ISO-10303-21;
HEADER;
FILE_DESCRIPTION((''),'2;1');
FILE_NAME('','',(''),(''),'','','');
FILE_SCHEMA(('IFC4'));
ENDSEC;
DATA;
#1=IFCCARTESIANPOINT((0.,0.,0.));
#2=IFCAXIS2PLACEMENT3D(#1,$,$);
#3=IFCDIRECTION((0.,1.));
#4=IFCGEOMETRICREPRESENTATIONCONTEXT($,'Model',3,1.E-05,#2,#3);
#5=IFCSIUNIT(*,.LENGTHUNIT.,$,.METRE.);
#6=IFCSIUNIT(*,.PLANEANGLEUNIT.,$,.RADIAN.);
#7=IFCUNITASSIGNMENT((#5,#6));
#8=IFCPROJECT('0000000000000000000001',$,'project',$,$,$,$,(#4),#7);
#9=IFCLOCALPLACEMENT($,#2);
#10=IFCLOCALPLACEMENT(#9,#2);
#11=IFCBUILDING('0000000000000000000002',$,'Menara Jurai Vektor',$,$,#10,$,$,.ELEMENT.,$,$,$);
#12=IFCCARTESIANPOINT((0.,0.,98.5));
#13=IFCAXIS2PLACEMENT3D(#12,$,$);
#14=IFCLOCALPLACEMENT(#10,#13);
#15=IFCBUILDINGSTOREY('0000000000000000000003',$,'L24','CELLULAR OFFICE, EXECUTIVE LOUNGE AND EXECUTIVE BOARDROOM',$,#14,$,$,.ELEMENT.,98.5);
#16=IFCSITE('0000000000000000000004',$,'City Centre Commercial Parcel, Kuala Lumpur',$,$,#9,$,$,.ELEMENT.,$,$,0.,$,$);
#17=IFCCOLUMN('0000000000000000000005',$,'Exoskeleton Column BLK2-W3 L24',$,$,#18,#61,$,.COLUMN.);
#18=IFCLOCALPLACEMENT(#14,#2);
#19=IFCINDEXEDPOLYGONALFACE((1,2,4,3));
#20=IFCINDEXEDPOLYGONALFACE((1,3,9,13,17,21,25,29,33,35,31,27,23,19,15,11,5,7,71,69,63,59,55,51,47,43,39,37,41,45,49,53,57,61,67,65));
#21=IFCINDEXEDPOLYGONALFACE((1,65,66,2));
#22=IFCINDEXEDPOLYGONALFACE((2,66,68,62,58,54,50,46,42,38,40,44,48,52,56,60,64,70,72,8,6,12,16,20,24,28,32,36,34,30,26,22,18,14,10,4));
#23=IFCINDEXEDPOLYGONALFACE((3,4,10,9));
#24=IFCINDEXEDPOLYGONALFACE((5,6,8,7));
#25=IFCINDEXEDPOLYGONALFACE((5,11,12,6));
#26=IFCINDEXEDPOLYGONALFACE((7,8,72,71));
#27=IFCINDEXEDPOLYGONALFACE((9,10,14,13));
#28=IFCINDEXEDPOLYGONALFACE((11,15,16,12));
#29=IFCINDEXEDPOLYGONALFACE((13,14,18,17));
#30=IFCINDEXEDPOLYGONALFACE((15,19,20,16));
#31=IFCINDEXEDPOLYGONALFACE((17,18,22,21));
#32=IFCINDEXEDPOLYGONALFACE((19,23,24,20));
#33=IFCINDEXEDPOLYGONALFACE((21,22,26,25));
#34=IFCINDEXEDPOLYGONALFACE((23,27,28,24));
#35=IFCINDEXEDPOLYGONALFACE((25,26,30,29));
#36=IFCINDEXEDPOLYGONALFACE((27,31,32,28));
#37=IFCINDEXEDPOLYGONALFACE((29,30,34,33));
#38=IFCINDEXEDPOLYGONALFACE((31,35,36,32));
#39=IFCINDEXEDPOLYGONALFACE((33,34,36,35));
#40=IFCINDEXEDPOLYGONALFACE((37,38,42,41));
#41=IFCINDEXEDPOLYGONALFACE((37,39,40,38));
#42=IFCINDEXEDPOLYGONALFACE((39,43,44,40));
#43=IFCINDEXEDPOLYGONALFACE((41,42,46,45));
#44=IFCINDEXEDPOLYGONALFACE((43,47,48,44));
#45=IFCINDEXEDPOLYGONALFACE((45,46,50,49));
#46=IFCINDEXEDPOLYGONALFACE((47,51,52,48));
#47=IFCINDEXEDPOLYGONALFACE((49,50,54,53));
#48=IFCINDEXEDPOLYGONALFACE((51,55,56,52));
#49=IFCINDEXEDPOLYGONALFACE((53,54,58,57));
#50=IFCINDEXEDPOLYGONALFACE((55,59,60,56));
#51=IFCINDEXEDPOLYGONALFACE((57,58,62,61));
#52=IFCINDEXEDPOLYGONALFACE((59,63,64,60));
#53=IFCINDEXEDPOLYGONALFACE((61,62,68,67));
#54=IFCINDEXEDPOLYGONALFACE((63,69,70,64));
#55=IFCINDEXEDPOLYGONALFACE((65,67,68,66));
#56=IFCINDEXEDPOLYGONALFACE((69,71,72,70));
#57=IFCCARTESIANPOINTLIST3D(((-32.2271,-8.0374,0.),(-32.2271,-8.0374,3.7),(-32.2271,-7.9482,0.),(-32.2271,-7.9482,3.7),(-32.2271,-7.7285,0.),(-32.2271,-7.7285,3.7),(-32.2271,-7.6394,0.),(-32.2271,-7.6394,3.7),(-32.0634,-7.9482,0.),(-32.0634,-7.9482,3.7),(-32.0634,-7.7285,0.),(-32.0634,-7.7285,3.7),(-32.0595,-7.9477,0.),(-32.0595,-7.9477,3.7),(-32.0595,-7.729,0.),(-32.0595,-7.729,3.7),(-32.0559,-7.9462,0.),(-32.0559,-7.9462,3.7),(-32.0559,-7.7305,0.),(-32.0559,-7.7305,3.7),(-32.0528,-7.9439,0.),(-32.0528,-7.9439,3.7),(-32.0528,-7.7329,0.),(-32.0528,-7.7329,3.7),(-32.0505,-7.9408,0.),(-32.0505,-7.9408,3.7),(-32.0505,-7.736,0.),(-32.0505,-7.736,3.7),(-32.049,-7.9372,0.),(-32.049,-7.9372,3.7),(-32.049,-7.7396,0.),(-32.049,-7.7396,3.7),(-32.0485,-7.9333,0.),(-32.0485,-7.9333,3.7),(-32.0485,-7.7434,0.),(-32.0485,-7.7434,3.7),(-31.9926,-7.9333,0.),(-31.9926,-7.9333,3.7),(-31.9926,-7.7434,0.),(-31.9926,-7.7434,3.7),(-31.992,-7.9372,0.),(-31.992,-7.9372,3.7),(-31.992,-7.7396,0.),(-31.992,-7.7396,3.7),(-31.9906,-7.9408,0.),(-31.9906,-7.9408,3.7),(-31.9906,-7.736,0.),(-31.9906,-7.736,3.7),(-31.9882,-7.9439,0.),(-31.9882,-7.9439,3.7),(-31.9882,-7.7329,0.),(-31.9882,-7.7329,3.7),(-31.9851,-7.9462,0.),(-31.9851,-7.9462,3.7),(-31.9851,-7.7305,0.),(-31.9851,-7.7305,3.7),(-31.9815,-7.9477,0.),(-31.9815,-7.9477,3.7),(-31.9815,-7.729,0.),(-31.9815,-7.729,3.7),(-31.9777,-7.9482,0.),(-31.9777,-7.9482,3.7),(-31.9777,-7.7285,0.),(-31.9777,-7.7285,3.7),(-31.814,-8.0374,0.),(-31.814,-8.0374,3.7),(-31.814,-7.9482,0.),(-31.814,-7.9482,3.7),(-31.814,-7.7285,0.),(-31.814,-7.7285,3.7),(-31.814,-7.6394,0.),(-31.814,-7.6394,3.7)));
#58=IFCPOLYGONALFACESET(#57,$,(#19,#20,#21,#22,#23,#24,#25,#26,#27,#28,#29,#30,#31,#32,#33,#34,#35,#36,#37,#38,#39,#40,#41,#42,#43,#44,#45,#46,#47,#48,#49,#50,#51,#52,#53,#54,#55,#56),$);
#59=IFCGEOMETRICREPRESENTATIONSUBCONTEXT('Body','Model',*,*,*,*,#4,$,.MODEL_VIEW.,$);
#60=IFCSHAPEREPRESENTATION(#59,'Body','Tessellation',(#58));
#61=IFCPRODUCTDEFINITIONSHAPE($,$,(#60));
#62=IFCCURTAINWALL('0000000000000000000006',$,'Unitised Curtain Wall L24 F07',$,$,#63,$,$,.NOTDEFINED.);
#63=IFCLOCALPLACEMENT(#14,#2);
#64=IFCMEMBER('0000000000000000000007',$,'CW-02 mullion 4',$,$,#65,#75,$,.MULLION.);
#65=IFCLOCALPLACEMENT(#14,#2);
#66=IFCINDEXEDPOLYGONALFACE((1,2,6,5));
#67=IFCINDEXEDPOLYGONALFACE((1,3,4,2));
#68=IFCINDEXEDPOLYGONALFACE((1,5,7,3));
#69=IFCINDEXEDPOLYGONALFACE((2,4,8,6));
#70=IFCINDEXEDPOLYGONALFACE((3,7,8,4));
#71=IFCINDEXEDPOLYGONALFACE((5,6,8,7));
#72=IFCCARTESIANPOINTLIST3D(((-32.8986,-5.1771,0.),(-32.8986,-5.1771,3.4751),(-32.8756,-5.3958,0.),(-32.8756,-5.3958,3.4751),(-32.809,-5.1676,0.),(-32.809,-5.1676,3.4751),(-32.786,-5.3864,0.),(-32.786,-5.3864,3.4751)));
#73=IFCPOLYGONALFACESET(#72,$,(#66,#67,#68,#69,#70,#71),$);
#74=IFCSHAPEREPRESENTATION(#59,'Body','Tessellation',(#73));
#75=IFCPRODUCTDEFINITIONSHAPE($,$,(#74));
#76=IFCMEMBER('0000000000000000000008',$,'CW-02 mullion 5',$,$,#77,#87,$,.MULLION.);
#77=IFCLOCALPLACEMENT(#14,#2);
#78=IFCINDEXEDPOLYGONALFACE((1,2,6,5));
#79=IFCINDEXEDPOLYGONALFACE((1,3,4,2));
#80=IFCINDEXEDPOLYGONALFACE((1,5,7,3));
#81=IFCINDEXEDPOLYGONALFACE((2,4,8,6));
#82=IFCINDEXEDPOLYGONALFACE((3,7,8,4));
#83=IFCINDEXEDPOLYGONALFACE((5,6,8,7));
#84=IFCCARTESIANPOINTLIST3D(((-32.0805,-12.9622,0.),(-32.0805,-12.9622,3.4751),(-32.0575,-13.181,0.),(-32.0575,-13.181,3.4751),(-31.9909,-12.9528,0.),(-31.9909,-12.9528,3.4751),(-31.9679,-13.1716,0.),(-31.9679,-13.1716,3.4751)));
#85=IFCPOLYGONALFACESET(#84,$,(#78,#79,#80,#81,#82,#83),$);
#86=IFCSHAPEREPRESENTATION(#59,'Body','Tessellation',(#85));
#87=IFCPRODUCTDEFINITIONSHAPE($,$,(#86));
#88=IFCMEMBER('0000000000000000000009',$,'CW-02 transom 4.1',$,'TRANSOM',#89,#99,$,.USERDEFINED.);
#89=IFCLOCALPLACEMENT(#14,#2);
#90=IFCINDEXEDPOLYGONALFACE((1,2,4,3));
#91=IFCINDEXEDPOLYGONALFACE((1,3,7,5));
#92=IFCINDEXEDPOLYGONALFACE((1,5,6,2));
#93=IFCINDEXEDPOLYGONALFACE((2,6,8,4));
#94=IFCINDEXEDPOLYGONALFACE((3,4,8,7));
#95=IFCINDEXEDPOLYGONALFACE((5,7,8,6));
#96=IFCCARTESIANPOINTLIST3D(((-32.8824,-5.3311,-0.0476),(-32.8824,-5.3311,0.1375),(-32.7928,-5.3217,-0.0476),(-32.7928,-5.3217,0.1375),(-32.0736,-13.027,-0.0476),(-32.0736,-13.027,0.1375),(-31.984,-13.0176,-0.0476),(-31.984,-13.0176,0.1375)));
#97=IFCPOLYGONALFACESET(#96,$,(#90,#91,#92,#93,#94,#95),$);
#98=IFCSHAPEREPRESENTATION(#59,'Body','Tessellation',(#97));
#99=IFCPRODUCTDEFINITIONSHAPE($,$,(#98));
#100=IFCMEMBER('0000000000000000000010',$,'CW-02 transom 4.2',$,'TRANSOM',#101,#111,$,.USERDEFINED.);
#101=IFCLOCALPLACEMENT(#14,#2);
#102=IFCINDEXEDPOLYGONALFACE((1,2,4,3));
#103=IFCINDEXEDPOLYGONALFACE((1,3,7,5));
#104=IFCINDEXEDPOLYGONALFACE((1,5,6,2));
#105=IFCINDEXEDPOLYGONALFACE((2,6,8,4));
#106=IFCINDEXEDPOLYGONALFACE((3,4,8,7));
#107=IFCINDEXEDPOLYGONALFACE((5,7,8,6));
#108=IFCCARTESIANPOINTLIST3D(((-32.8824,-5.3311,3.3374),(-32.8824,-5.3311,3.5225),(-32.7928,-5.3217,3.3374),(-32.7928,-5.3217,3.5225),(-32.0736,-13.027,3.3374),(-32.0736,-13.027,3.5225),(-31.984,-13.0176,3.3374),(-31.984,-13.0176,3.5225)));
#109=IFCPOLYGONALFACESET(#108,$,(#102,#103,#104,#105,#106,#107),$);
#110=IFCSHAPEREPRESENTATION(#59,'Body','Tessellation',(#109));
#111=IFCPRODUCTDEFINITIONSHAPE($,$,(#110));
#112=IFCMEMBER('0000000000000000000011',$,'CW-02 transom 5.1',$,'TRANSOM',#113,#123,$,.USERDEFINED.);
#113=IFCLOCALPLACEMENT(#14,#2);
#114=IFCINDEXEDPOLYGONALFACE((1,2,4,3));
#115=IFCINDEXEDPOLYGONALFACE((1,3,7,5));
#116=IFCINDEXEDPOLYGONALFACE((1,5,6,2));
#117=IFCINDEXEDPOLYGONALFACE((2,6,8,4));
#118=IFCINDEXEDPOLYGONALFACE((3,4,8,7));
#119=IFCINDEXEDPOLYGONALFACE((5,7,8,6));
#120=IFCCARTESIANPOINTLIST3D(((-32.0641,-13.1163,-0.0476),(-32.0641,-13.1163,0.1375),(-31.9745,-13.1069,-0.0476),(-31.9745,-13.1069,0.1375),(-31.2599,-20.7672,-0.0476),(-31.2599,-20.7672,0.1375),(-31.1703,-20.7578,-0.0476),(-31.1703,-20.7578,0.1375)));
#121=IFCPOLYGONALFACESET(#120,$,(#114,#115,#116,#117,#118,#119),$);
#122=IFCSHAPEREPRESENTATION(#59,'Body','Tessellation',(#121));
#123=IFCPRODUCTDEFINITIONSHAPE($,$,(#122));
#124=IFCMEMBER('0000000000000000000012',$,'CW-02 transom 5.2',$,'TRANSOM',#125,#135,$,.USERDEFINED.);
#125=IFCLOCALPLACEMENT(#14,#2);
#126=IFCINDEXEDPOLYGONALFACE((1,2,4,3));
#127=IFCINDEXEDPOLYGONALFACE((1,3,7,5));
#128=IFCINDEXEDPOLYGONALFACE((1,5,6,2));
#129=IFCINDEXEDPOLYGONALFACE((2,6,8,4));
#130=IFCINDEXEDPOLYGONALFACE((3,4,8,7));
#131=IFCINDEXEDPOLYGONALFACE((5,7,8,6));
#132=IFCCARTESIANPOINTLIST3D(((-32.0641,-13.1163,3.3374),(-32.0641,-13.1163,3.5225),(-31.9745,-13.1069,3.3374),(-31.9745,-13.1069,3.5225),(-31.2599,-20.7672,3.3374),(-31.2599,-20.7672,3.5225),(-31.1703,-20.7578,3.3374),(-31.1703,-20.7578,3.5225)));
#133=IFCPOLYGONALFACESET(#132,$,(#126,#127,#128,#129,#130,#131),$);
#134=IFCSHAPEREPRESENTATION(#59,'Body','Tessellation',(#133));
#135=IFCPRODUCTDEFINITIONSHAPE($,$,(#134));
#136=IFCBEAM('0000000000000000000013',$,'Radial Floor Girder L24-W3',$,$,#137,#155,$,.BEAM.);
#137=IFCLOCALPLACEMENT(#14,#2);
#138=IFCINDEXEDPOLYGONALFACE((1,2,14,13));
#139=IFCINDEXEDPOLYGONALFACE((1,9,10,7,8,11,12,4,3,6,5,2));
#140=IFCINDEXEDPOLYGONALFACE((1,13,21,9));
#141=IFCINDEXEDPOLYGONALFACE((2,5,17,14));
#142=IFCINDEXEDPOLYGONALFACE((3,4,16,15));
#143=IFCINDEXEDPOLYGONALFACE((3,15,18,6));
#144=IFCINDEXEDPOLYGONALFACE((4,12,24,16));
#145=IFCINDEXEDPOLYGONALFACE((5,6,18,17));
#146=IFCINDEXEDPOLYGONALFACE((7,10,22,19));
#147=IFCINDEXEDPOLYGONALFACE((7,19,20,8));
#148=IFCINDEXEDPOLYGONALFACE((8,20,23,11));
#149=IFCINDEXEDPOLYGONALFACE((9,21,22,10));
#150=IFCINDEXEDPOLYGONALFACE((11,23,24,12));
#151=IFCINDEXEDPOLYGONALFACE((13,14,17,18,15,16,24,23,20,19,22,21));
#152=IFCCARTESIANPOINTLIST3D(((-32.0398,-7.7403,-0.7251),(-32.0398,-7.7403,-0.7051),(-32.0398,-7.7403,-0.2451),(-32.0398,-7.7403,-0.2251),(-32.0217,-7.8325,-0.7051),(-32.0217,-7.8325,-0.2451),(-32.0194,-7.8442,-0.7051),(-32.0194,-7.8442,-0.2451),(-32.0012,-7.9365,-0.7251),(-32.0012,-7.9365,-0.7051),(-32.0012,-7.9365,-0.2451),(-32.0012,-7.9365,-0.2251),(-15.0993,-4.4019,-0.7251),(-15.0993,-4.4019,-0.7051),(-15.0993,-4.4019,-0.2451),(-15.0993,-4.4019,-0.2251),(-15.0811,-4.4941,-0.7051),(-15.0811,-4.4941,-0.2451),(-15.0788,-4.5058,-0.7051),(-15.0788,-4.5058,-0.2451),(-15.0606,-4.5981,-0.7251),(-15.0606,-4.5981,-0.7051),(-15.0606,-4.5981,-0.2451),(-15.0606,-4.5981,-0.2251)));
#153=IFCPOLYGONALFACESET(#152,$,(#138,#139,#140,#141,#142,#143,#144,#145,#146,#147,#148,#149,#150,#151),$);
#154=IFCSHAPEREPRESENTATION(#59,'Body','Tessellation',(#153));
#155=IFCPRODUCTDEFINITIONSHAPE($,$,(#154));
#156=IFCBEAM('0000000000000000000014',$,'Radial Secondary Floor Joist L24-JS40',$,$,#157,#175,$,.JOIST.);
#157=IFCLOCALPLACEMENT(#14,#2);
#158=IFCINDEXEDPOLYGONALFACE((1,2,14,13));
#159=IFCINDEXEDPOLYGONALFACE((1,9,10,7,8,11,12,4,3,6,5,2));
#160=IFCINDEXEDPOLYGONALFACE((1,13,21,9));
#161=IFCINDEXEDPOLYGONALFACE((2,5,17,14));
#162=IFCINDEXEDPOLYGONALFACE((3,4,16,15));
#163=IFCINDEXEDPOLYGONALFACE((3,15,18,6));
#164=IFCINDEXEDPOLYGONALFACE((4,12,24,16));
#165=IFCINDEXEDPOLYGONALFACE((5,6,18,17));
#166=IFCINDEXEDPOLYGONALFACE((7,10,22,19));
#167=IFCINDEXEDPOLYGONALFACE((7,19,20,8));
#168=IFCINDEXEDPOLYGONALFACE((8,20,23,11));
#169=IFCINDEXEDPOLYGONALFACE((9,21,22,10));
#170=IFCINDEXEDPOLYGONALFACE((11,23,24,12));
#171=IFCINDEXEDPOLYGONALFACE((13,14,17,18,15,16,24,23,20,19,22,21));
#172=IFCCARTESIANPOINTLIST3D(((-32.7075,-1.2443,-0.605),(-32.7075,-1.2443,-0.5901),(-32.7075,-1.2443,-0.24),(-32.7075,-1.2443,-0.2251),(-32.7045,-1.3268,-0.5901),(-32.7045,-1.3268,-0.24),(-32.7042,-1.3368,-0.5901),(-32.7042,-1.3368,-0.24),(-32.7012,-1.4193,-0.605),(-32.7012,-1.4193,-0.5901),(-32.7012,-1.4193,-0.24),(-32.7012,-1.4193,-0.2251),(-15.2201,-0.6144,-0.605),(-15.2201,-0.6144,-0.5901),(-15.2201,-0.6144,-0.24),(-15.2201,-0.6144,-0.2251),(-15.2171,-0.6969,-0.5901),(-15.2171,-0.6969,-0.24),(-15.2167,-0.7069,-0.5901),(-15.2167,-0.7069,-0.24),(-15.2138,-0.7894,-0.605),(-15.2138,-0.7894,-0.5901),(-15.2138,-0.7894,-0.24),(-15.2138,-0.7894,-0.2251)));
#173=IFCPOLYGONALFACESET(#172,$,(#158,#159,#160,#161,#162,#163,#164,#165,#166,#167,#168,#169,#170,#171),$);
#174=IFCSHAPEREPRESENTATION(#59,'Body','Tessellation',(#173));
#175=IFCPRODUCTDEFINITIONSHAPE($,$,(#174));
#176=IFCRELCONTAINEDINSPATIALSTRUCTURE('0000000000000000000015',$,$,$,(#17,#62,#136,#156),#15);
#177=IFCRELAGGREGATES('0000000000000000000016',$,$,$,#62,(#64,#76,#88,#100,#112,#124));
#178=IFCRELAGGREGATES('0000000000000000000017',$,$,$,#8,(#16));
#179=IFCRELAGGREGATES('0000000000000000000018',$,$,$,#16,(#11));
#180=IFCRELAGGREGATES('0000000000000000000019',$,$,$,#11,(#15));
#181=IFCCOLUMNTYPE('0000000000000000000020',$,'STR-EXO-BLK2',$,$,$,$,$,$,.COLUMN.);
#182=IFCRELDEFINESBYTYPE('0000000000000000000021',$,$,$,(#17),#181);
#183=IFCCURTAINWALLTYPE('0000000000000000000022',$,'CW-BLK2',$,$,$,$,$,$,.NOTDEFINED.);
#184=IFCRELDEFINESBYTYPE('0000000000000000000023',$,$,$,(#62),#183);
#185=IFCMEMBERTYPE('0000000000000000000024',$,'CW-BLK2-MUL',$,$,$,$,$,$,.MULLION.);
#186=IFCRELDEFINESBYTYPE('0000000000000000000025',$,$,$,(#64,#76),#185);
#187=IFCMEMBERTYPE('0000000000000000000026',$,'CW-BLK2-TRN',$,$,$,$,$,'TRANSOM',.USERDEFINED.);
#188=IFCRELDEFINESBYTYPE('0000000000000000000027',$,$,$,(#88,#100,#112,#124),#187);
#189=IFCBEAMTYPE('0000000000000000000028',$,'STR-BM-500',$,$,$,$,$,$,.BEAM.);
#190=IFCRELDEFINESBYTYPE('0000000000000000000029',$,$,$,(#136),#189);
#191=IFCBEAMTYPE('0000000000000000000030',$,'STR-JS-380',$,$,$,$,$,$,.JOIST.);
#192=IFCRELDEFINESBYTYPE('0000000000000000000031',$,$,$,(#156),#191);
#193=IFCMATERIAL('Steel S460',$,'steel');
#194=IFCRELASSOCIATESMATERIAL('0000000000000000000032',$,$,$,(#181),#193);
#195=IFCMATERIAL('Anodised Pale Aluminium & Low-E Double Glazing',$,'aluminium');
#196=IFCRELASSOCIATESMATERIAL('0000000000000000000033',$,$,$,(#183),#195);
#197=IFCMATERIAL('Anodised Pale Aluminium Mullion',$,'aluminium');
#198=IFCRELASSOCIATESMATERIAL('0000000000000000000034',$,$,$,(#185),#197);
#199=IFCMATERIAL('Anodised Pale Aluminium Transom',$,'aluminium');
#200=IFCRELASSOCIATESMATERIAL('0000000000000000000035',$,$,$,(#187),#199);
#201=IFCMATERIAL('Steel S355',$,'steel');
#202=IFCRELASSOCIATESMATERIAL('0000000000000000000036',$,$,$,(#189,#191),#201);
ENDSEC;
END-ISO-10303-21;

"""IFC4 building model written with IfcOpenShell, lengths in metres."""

from ifc_helpers import new_model, si_unit, direction, frame, origin, origin_2d, place, context, subcontext, project, spatial, rectangle, i_section, extrude, material, material_profile, profile_set, type_object, element, aggregate, save


model = new_model("IFC4")

# Units and contexts
model_context = context("Model", 3, precision=1e-05, world=origin(), true_north=direction((0.0, 1.0)))
body_context = subcontext(model_context, "Body", "Model", "MODEL_VIEW")
ifc_project = project(units=[si_unit("LENGTHUNIT", "METRE"), si_unit("PLANEANGLEUNIT", "RADIAN")], contexts=[model_context])

# Site, building, storey
site_placement = place(None, origin())
site = spatial("IfcSite", under=ifc_project, at=site_placement, Name="City Centre Commercial Parcel, Kuala Lumpur", CompositionType="ELEMENT", RefElevation=0.0)
building_placement = place(site_placement, origin())
building = spatial("IfcBuilding", under=site, at=building_placement, Name="Menara Jurai Vektor", CompositionType="ELEMENT")
storey_placement = place(building_placement, frame((0.0, 0.0, 98.5)))
storey = spatial("IfcBuildingStorey", under=building, at=storey_placement, Name="L24", Description="CELLULAR OFFICE, EXECUTIVE LOUNGE AND EXECUTIVE BOARDROOM", CompositionType="ELEMENT", Elevation=98.5)

# Column
ifc_material_1 = material(Name="Steel S460", Category="steel")
ifc_material_profile_1 = material_profile(ifc_material_1, i_section(OverallWidth=0.4131, OverallDepth=0.3979, WebThickness=0.0559, FlangeThickness=0.0891, FilletRadius=0.0149, at=origin_2d()), Name="HD 400x744")
ifc_profile_set_1 = profile_set([ifc_material_profile_1], Name="Steel S460")
column_type = type_object("IfcColumnType", Name="STR-EXO-BLK2", PredefinedType="COLUMN", material=ifc_profile_set_1)
column_placement = place(storey_placement, frame((-32.0205, -7.8384, 0.0), z_axis=(0.0, 0.0, 1.0), x_axis=(1.0, 0.0, 0.0)))
element("IfcColumn", 1, at=column_placement, inside=storey, type_object=column_type, Name="Exoskeleton Column BLK2-W3 L24", PredefinedType="COLUMN", context=body_context, shape_type="SweptSolid", body=[
    extrude(i_section(OverallWidth=0.4131, OverallDepth=0.3979, WebThickness=0.0559, FlangeThickness=0.0891, FilletRadius=0.0149, at=origin_2d()), origin(), (0.0, 0.0, 1.0), 3.7),
])

# Curtain wall, members
ifc_material_2 = material(Name="Anodised Pale Aluminium & Low-E Double Glazing", Category="aluminium")
curtain_wall_type = type_object("IfcCurtainWallType", Name="CW-BLK2", PredefinedType="NOTDEFINED", material=ifc_material_2)
curtain_wall_placement = place(storey_placement, origin())
curtain_wall = element("IfcCurtainWall", 2, at=curtain_wall_placement, inside=storey, type_object=curtain_wall_type, Name="Unitised Curtain Wall L24 F07", PredefinedType="NOTDEFINED")
ifc_material_3 = material(Name="Anodised Pale Aluminium Mullion", Category="aluminium")
ifc_material_profile_2 = material_profile(ifc_material_3, rectangle(XDim=0.0901, YDim=0.22, at=origin_2d()), Name="ALU MUL 90x220")
ifc_profile_set_2 = profile_set([ifc_material_profile_2], Name="Anodised Pale Aluminium Mullion")
member_type_1 = type_object("IfcMemberType", Name="CW-BLK2-MUL", PredefinedType="MULLION", material=ifc_profile_set_2)
member_1_placement = place(storey_placement, frame((-32.8423, -5.2817, 0.0), z_axis=(0.0, 0.0, 1.0), x_axis=(0.994522, 0.10453, 0.0)))
member_1 = element("IfcMember", 3, at=member_1_placement, type_object=member_type_1, Name="CW-02 mullion 4", PredefinedType="MULLION", context=body_context, shape_type="SweptSolid", body=[
    extrude(rectangle(XDim=0.0901, YDim=0.22, at=origin_2d()), origin(), (0.0, 0.0, 1.0), 3.4751),
])
member_2_placement = place(storey_placement, frame((-32.0242, -13.0669, 0.0), z_axis=(0.0, 0.0, 1.0), x_axis=(0.994522, 0.10453, 0.0)))
member_2 = element("IfcMember", 4, at=member_2_placement, type_object=member_type_1, Name="CW-02 mullion 5", PredefinedType="MULLION", context=body_context, shape_type="SweptSolid", body=[
    extrude(rectangle(XDim=0.0901, YDim=0.22, at=origin_2d()), origin(), (0.0, 0.0, 1.0), 3.4751),
])
ifc_material_4 = material(Name="Anodised Pale Aluminium Transom", Category="aluminium")
ifc_material_profile_3 = material_profile(ifc_material_4, rectangle(XDim=0.0901, YDim=0.1851, at=origin_2d()), Name="ALU TRN 90x185")
ifc_profile_set_3 = profile_set([ifc_material_profile_3], Name="Anodised Pale Aluminium Transom")
member_type_2 = type_object("IfcMemberType", Name="CW-BLK2-TRN", ElementType="TRANSOM", PredefinedType="USERDEFINED", material=ifc_profile_set_3)
member_3_placement = place(storey_placement, frame((-32.8376, -5.3264, 0.0449), z_axis=(0.104525, -0.994522, 0.0), x_axis=(0.994522, 0.104525, 0.0)))
member_3 = element("IfcMember", 5, at=member_3_placement, type_object=member_type_2, Name="CW-02 transom 4.1", ObjectType="TRANSOM", PredefinedType="USERDEFINED", context=body_context, shape_type="SweptSolid", body=[
    extrude(rectangle(XDim=0.0901, YDim=0.1851, at=origin_2d()), origin(), (0.0, 0.0, 1.0), 7.7383),
])
member_4_placement = place(storey_placement, frame((-32.8376, -5.3264, 3.4299), z_axis=(0.104525, -0.994522, 0.0), x_axis=(0.994522, 0.104525, 0.0)))
member_4 = element("IfcMember", 6, at=member_4_placement, type_object=member_type_2, Name="CW-02 transom 4.2", ObjectType="TRANSOM", PredefinedType="USERDEFINED", context=body_context, shape_type="SweptSolid", body=[
    extrude(rectangle(XDim=0.0901, YDim=0.1851, at=origin_2d()), origin(), (0.0, 0.0, 1.0), 7.7383),
])
member_5_placement = place(storey_placement, frame((-32.0193, -13.1116, 0.0449), z_axis=(0.104536, -0.994521, 0.0), x_axis=(0.994521, 0.104536, 0.0)))
member_5 = element("IfcMember", 7, at=member_5_placement, type_object=member_type_2, Name="CW-02 transom 5.1", ObjectType="TRANSOM", PredefinedType="USERDEFINED", context=body_context, shape_type="SweptSolid", body=[
    extrude(rectangle(XDim=0.0901, YDim=0.1851, at=origin_2d()), origin(), (0.0, 0.0, 1.0), 7.6931),
])
member_6_placement = place(storey_placement, frame((-32.0193, -13.1116, 3.4299), z_axis=(0.104536, -0.994521, 0.0), x_axis=(0.994521, 0.104536, 0.0)))
member_6 = element("IfcMember", 8, at=member_6_placement, type_object=member_type_2, Name="CW-02 transom 5.2", ObjectType="TRANSOM", PredefinedType="USERDEFINED", context=body_context, shape_type="SweptSolid", body=[
    extrude(rectangle(XDim=0.0901, YDim=0.1851, at=origin_2d()), origin(), (0.0, 0.0, 1.0), 7.6931),
])

# Beams
ifc_material_5 = material(Name="Steel S355", Category="steel")
ifc_material_profile_4 = material_profile(ifc_material_5, i_section(OverallWidth=0.2, OverallDepth=0.5, WebThickness=0.012, FlangeThickness=0.02, at=origin_2d()), Name="PG 500x200x96")
ifc_profile_set_4 = profile_set([ifc_material_profile_4], Name="Steel S355")
beam_type_1 = type_object("IfcBeamType", Name="STR-BM-500", PredefinedType="BEAM", material=ifc_profile_set_4)
beam_1_placement = place(storey_placement, frame((-32.0205, -7.8384, -0.4751), z_axis=(0.98113, 0.193347, 0.0), x_axis=(-0.193347, 0.98113, 0.0)))
element("IfcBeam", 9, at=beam_1_placement, inside=storey, type_object=beam_type_1, Name="Radial Floor Girder L24-W3", PredefinedType="BEAM", context=body_context, shape_type="SweptSolid", body=[
    extrude(i_section(OverallWidth=0.2, OverallDepth=0.5, WebThickness=0.012, FlangeThickness=0.02, at=origin_2d()), origin(), (0.0, 0.0, 1.0), 17.2664),
])
ifc_material_profile_5 = material_profile(ifc_material_5, i_section(OverallWidth=0.175, OverallDepth=0.3799, WebThickness=0.01, FlangeThickness=0.0149, at=origin_2d()), Name="PG 380x175x58")
ifc_profile_set_5 = profile_set([ifc_material_profile_5], Name="Steel S355")
beam_type_2 = type_object("IfcBeamType", Name="STR-JS-380", PredefinedType="JOIST", material=ifc_profile_set_5)
beam_2_placement = place(storey_placement, frame((-32.7043, -1.3318, -0.415), z_axis=(0.999352, 0.035996, 0.0), x_axis=(-0.035996, 0.999352, 0.0)))
element("IfcBeam", 10, at=beam_2_placement, inside=storey, type_object=beam_type_2, Name="Radial Secondary Floor Joist L24-JS40", PredefinedType="JOIST", context=body_context, shape_type="SweptSolid", body=[
    extrude(i_section(OverallWidth=0.175, OverallDepth=0.3799, WebThickness=0.01, FlangeThickness=0.0149, at=origin_2d()), origin(), (0.0, 0.0, 1.0), 17.4988),
])

aggregate(curtain_wall, [member_1, member_2, member_3, member_4, member_5, member_6])

save(model, "model.ifc")
